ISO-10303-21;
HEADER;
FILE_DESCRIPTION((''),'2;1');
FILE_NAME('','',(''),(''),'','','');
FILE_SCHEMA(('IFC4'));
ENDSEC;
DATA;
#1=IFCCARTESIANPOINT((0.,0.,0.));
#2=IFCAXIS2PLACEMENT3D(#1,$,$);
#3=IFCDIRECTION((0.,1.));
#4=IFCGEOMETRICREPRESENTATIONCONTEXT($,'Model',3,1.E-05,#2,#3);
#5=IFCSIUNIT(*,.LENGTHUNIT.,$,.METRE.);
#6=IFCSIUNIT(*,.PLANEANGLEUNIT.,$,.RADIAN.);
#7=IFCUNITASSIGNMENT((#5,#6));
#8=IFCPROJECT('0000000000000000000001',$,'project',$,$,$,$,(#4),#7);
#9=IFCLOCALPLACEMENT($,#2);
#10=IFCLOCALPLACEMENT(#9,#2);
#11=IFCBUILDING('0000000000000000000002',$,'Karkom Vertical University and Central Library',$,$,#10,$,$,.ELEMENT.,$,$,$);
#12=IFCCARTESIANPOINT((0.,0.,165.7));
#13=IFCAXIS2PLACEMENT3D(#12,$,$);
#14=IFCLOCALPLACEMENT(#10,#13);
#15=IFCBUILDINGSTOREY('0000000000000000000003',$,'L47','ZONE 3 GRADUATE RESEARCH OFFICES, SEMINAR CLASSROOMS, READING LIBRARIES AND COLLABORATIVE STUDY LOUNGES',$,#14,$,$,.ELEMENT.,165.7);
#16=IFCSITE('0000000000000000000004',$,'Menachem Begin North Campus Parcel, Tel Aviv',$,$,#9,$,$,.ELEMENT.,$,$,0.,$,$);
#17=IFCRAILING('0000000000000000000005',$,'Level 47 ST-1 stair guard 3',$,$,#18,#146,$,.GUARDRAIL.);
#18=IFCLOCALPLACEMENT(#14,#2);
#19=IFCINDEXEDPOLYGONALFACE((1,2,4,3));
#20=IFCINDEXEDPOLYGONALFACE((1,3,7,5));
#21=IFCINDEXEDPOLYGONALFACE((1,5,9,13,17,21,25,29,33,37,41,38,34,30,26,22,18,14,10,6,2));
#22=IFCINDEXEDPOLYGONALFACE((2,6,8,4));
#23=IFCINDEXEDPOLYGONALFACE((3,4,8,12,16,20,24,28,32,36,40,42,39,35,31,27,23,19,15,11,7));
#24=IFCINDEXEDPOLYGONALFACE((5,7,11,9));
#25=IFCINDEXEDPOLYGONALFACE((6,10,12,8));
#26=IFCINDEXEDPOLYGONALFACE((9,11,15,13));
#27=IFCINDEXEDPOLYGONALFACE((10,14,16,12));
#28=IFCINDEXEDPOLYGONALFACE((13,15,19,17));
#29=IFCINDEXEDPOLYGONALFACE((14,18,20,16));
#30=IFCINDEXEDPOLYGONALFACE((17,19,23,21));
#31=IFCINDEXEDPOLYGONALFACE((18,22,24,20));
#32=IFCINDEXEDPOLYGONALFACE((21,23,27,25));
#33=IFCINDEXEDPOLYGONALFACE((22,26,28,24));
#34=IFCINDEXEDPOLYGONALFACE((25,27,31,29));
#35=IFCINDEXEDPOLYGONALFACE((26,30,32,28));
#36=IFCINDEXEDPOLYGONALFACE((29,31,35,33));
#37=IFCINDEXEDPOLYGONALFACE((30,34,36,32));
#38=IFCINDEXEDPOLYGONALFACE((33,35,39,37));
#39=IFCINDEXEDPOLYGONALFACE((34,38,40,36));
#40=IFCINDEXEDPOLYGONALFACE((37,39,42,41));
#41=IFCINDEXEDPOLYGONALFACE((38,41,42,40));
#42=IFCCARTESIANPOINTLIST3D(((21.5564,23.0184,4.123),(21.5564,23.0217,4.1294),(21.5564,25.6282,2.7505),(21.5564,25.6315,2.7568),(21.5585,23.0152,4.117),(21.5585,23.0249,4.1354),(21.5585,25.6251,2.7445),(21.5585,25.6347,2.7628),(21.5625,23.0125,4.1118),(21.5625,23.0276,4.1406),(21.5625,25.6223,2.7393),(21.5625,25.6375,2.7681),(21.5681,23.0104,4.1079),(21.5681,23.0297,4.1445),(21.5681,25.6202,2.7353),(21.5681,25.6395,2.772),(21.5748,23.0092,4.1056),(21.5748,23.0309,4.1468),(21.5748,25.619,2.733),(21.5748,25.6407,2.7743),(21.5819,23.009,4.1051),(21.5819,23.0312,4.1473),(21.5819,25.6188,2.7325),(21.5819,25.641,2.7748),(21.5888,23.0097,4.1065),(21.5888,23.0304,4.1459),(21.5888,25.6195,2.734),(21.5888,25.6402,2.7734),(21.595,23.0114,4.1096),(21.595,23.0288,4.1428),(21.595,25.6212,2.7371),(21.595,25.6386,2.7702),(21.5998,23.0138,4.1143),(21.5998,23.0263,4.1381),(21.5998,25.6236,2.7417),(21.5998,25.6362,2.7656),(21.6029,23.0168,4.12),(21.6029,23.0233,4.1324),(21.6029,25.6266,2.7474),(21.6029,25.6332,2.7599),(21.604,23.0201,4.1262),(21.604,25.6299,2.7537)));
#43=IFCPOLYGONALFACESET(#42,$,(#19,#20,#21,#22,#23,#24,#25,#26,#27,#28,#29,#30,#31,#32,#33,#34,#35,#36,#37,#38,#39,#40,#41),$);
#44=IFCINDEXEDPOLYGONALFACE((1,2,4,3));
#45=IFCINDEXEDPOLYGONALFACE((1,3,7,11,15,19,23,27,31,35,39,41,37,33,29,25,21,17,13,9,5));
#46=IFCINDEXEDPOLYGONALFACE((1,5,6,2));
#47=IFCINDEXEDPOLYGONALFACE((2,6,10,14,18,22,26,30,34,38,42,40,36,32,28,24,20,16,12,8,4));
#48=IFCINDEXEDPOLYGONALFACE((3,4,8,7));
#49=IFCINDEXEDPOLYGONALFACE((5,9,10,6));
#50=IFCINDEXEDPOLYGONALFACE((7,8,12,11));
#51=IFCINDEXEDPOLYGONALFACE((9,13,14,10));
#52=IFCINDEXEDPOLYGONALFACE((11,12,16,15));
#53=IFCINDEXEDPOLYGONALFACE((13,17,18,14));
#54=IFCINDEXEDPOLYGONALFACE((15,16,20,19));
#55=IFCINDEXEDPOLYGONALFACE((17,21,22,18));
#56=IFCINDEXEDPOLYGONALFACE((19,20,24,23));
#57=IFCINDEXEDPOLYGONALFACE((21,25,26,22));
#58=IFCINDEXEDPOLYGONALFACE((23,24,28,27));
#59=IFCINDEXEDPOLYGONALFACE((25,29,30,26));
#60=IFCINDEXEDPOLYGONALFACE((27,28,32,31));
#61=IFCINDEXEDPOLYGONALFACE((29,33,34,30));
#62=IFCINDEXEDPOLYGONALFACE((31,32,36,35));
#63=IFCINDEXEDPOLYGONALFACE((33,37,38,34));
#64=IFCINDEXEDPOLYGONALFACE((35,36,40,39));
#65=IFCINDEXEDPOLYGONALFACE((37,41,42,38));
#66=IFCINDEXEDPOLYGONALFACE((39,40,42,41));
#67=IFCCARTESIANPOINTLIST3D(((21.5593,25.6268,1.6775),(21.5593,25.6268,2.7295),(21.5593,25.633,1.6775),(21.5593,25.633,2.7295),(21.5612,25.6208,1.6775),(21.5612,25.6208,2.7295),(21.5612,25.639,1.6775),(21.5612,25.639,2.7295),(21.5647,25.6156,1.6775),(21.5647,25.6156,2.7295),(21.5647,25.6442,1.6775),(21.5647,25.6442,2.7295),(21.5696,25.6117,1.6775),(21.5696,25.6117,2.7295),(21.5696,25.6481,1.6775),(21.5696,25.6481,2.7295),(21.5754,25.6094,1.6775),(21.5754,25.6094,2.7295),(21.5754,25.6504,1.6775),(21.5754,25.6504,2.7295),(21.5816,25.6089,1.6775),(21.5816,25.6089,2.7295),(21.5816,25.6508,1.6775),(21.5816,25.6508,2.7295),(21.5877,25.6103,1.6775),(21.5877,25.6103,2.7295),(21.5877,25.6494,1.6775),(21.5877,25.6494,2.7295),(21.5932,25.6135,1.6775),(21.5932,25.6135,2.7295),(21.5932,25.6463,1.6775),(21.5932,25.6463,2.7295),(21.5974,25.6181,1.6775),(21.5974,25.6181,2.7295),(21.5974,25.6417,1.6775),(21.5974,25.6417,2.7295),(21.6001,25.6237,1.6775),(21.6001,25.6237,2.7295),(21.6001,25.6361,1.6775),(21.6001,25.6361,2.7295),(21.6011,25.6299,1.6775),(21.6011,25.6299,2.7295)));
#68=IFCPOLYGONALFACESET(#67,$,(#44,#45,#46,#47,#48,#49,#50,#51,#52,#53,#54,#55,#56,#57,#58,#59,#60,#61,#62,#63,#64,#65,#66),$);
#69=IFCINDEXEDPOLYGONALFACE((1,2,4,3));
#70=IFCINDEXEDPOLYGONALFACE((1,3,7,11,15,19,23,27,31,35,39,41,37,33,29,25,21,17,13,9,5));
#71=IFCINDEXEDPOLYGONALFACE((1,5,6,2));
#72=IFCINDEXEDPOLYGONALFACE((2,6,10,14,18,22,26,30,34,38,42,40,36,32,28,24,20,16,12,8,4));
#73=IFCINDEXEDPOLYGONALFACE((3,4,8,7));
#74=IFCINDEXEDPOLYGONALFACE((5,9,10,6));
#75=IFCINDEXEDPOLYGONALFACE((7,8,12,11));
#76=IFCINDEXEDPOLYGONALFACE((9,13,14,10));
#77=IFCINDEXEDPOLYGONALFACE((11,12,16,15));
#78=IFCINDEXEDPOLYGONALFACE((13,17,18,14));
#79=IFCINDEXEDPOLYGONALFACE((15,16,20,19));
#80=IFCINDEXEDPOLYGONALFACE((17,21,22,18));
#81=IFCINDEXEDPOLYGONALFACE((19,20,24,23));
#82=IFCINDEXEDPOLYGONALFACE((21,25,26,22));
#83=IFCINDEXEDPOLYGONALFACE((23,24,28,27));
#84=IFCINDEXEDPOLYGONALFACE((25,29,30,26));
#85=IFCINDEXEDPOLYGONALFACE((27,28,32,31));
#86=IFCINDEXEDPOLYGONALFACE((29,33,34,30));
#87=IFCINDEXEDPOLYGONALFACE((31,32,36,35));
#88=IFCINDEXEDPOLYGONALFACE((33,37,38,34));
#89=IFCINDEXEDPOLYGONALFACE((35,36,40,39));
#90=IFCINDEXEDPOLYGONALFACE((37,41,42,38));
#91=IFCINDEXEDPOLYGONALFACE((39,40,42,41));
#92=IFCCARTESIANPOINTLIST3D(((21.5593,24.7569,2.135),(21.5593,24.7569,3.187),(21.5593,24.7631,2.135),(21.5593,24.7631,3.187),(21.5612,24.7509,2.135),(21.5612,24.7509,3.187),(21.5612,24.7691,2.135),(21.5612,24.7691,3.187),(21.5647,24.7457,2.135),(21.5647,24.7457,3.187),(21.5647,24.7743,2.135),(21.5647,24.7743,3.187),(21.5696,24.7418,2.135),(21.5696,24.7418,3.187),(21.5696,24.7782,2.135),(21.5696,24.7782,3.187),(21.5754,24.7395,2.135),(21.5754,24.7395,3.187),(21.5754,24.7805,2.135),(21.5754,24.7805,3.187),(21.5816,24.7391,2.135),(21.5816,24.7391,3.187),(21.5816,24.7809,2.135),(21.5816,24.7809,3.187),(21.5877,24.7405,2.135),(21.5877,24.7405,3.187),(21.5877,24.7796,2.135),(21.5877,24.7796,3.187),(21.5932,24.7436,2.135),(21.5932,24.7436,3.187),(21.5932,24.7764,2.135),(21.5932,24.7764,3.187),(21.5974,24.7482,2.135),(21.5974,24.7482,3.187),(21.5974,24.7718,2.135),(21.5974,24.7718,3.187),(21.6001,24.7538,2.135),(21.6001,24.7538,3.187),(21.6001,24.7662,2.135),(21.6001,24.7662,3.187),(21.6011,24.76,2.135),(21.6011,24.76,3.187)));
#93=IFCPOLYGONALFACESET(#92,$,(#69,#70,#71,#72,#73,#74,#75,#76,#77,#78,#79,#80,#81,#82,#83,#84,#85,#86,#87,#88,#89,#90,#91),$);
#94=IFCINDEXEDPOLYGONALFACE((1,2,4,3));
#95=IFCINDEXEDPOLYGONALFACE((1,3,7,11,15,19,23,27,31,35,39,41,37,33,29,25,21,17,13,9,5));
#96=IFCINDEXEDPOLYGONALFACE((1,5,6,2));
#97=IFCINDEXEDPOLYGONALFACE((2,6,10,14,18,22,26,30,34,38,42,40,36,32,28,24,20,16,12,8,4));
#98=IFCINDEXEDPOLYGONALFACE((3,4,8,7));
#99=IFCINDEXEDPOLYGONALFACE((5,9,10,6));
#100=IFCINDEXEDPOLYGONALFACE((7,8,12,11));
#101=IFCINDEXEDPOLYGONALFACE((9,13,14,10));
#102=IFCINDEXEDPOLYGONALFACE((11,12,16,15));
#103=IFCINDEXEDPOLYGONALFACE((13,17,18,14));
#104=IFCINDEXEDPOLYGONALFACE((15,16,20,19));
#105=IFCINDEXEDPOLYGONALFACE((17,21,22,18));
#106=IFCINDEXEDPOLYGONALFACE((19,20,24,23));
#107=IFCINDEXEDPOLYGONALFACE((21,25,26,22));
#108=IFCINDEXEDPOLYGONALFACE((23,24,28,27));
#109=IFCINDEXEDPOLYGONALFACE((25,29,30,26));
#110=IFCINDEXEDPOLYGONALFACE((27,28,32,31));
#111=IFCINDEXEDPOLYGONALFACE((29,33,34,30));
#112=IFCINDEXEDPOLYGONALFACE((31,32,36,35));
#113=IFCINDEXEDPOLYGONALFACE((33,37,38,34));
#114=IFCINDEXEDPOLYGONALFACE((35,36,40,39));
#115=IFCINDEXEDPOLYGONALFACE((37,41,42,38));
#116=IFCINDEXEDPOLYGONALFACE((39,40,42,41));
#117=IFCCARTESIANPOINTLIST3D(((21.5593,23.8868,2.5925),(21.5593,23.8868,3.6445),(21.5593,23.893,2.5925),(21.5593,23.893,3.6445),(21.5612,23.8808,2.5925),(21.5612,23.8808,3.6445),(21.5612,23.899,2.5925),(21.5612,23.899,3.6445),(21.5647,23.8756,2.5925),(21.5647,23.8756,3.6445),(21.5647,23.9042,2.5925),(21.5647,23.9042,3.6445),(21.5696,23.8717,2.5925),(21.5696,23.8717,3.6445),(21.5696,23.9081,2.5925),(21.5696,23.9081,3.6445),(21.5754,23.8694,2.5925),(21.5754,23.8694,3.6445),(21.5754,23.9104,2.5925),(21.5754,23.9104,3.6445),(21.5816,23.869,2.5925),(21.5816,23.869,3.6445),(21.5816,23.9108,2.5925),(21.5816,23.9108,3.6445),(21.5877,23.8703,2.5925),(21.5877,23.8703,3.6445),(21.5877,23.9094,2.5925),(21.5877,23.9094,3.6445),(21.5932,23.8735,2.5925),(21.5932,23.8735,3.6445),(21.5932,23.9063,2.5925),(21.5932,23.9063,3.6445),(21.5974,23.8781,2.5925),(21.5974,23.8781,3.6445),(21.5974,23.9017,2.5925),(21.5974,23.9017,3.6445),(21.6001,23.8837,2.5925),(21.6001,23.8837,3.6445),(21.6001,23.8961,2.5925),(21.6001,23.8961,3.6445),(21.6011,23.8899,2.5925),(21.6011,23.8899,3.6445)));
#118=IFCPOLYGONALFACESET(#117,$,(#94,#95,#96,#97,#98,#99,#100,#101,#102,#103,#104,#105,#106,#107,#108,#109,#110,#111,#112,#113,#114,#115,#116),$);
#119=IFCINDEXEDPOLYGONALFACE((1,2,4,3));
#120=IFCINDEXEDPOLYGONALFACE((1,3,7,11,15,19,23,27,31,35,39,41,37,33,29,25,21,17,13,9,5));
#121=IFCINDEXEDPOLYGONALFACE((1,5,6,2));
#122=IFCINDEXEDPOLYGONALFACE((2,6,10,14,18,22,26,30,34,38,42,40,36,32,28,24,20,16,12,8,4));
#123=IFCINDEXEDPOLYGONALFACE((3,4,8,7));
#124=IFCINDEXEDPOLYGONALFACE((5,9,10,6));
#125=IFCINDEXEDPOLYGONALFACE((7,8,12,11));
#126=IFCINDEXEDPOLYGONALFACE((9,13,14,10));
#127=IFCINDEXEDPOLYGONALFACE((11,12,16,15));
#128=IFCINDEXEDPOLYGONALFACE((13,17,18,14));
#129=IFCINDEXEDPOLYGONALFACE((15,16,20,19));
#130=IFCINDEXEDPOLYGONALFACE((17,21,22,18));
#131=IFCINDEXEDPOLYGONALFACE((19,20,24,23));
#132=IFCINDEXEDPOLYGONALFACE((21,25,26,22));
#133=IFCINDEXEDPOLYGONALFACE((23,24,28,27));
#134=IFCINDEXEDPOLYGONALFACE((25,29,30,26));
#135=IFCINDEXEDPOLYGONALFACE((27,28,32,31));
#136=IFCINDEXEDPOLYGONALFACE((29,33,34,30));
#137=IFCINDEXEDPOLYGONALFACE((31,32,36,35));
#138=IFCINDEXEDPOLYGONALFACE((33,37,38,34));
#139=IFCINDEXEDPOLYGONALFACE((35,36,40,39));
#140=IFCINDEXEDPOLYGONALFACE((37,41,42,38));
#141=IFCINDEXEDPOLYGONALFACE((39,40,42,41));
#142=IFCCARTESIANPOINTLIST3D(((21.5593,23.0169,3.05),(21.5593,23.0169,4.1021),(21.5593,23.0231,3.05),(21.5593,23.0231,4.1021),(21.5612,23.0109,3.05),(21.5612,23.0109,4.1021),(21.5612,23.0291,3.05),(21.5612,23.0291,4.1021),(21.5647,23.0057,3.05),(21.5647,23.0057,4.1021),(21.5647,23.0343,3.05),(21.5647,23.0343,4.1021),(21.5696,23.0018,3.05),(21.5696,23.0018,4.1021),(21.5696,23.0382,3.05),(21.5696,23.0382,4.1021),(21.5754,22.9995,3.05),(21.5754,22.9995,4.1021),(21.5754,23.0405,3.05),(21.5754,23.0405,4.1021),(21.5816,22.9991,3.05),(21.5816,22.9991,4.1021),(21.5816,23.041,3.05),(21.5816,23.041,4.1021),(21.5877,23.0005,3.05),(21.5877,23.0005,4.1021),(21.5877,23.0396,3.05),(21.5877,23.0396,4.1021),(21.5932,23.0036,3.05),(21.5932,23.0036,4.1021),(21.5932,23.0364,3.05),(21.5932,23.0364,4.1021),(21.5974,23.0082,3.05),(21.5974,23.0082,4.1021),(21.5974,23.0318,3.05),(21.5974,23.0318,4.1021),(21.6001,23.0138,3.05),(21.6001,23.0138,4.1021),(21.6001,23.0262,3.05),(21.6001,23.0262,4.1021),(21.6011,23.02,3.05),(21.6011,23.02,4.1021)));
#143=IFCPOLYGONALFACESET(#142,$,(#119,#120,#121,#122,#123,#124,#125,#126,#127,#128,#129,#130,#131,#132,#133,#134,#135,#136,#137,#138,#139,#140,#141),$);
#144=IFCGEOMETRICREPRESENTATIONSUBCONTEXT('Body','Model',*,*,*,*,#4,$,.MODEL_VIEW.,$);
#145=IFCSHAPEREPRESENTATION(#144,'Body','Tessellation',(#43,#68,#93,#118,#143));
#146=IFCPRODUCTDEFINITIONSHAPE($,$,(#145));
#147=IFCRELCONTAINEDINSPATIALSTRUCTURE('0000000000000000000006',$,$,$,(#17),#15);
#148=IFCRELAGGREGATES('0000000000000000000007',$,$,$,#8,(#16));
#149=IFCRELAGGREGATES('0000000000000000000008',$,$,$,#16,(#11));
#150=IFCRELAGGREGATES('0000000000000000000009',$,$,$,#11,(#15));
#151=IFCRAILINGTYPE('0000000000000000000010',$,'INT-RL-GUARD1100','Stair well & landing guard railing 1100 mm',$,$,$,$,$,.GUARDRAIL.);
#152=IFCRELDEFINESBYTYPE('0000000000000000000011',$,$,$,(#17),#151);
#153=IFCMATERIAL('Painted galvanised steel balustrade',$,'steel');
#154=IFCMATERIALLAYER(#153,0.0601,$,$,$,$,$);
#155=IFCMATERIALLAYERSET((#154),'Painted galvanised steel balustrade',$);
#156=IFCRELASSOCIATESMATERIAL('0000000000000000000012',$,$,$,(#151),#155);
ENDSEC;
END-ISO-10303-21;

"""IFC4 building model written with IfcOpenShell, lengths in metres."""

from ifc_helpers import new_model, si_unit, direction, frame, origin, origin_2d, place, context, subcontext, project, spatial, circle, extrude, material, layer, layer_set, type_object, element, save


model = new_model("IFC4")

# Units and contexts
model_context = context("Model", 3, precision=1e-05, world=origin(), true_north=direction((0.0, 1.0)))
body_context = subcontext(model_context, "Body", "Model", "MODEL_VIEW")
ifc_project = project(units=[si_unit("LENGTHUNIT", "METRE"), si_unit("PLANEANGLEUNIT", "RADIAN")], contexts=[model_context])

# Site, building, storey
site_placement = place(None, origin())
site = spatial("IfcSite", under=ifc_project, at=site_placement, Name="Menachem Begin North Campus Parcel, Tel Aviv", CompositionType="ELEMENT", RefElevation=0.0)
building_placement = place(site_placement, origin())
building = spatial("IfcBuilding", under=site, at=building_placement, Name="Karkom Vertical University and Central Library", CompositionType="ELEMENT")
storey_placement = place(building_placement, frame((0.0, 0.0, 165.7)))
storey = spatial("IfcBuildingStorey", under=building, at=storey_placement, Name="L47", Description="ZONE 3 GRADUATE RESEARCH OFFICES, SEMINAR CLASSROOMS, READING LIBRARIES AND COLLABORATIVE STUDY LOUNGES", CompositionType="ELEMENT", Elevation=165.7)

# Railing
ifc_material_1 = material(Name="Painted galvanised steel balustrade", Category="steel")
ifc_layer_1 = layer(ifc_material_1, 0.0601)
ifc_layer_set_1 = layer_set([ifc_layer_1], Name="Painted galvanised steel balustrade")
railing_type_1 = type_object("IfcRailingType", Name="INT-RL-GUARD1100", Description="Stair well & landing guard railing 1100 mm", PredefinedType="GUARDRAIL", material=ifc_layer_set_1)
railing_1_placement = place(storey_placement, frame((21.5801, 25.6299, 1.6775)))
element("IfcRailing", 1, at=railing_1_placement, inside=storey, type_object=railing_type_1, Name="Level 47 ST-1 stair guard 3", PredefinedType="GUARDRAIL", context=body_context, shape_type="SweptSolid", body=[
    extrude(circle(Radius=0.0239, at=origin_2d()), frame((0.0, 0.0, 1.0762), z_axis=(0.0, -0.885065, 0.465467), x_axis=(1.0, 0.0, 0.0)), (0.0, 0.0, 1.0), 2.9487),
    extrude(circle(Radius=0.021, at=origin_2d()), origin(), (0.0, 0.0, 1.0), 1.052),
    extrude(circle(Radius=0.021, at=origin_2d()), frame((0.0, -0.8699, 0.4575)), (0.0, 0.0, 1.0), 1.052),
    extrude(circle(Radius=0.021, at=origin_2d()), frame((0.0, -1.74, 0.915)), (0.0, 0.0, 1.0), 1.052),
    extrude(circle(Radius=0.021, at=origin_2d()), frame((0.0, -2.6099, 1.3726)), (0.0, 0.0, 1.0), 1.052),
])

save(model, "model.ifc")
